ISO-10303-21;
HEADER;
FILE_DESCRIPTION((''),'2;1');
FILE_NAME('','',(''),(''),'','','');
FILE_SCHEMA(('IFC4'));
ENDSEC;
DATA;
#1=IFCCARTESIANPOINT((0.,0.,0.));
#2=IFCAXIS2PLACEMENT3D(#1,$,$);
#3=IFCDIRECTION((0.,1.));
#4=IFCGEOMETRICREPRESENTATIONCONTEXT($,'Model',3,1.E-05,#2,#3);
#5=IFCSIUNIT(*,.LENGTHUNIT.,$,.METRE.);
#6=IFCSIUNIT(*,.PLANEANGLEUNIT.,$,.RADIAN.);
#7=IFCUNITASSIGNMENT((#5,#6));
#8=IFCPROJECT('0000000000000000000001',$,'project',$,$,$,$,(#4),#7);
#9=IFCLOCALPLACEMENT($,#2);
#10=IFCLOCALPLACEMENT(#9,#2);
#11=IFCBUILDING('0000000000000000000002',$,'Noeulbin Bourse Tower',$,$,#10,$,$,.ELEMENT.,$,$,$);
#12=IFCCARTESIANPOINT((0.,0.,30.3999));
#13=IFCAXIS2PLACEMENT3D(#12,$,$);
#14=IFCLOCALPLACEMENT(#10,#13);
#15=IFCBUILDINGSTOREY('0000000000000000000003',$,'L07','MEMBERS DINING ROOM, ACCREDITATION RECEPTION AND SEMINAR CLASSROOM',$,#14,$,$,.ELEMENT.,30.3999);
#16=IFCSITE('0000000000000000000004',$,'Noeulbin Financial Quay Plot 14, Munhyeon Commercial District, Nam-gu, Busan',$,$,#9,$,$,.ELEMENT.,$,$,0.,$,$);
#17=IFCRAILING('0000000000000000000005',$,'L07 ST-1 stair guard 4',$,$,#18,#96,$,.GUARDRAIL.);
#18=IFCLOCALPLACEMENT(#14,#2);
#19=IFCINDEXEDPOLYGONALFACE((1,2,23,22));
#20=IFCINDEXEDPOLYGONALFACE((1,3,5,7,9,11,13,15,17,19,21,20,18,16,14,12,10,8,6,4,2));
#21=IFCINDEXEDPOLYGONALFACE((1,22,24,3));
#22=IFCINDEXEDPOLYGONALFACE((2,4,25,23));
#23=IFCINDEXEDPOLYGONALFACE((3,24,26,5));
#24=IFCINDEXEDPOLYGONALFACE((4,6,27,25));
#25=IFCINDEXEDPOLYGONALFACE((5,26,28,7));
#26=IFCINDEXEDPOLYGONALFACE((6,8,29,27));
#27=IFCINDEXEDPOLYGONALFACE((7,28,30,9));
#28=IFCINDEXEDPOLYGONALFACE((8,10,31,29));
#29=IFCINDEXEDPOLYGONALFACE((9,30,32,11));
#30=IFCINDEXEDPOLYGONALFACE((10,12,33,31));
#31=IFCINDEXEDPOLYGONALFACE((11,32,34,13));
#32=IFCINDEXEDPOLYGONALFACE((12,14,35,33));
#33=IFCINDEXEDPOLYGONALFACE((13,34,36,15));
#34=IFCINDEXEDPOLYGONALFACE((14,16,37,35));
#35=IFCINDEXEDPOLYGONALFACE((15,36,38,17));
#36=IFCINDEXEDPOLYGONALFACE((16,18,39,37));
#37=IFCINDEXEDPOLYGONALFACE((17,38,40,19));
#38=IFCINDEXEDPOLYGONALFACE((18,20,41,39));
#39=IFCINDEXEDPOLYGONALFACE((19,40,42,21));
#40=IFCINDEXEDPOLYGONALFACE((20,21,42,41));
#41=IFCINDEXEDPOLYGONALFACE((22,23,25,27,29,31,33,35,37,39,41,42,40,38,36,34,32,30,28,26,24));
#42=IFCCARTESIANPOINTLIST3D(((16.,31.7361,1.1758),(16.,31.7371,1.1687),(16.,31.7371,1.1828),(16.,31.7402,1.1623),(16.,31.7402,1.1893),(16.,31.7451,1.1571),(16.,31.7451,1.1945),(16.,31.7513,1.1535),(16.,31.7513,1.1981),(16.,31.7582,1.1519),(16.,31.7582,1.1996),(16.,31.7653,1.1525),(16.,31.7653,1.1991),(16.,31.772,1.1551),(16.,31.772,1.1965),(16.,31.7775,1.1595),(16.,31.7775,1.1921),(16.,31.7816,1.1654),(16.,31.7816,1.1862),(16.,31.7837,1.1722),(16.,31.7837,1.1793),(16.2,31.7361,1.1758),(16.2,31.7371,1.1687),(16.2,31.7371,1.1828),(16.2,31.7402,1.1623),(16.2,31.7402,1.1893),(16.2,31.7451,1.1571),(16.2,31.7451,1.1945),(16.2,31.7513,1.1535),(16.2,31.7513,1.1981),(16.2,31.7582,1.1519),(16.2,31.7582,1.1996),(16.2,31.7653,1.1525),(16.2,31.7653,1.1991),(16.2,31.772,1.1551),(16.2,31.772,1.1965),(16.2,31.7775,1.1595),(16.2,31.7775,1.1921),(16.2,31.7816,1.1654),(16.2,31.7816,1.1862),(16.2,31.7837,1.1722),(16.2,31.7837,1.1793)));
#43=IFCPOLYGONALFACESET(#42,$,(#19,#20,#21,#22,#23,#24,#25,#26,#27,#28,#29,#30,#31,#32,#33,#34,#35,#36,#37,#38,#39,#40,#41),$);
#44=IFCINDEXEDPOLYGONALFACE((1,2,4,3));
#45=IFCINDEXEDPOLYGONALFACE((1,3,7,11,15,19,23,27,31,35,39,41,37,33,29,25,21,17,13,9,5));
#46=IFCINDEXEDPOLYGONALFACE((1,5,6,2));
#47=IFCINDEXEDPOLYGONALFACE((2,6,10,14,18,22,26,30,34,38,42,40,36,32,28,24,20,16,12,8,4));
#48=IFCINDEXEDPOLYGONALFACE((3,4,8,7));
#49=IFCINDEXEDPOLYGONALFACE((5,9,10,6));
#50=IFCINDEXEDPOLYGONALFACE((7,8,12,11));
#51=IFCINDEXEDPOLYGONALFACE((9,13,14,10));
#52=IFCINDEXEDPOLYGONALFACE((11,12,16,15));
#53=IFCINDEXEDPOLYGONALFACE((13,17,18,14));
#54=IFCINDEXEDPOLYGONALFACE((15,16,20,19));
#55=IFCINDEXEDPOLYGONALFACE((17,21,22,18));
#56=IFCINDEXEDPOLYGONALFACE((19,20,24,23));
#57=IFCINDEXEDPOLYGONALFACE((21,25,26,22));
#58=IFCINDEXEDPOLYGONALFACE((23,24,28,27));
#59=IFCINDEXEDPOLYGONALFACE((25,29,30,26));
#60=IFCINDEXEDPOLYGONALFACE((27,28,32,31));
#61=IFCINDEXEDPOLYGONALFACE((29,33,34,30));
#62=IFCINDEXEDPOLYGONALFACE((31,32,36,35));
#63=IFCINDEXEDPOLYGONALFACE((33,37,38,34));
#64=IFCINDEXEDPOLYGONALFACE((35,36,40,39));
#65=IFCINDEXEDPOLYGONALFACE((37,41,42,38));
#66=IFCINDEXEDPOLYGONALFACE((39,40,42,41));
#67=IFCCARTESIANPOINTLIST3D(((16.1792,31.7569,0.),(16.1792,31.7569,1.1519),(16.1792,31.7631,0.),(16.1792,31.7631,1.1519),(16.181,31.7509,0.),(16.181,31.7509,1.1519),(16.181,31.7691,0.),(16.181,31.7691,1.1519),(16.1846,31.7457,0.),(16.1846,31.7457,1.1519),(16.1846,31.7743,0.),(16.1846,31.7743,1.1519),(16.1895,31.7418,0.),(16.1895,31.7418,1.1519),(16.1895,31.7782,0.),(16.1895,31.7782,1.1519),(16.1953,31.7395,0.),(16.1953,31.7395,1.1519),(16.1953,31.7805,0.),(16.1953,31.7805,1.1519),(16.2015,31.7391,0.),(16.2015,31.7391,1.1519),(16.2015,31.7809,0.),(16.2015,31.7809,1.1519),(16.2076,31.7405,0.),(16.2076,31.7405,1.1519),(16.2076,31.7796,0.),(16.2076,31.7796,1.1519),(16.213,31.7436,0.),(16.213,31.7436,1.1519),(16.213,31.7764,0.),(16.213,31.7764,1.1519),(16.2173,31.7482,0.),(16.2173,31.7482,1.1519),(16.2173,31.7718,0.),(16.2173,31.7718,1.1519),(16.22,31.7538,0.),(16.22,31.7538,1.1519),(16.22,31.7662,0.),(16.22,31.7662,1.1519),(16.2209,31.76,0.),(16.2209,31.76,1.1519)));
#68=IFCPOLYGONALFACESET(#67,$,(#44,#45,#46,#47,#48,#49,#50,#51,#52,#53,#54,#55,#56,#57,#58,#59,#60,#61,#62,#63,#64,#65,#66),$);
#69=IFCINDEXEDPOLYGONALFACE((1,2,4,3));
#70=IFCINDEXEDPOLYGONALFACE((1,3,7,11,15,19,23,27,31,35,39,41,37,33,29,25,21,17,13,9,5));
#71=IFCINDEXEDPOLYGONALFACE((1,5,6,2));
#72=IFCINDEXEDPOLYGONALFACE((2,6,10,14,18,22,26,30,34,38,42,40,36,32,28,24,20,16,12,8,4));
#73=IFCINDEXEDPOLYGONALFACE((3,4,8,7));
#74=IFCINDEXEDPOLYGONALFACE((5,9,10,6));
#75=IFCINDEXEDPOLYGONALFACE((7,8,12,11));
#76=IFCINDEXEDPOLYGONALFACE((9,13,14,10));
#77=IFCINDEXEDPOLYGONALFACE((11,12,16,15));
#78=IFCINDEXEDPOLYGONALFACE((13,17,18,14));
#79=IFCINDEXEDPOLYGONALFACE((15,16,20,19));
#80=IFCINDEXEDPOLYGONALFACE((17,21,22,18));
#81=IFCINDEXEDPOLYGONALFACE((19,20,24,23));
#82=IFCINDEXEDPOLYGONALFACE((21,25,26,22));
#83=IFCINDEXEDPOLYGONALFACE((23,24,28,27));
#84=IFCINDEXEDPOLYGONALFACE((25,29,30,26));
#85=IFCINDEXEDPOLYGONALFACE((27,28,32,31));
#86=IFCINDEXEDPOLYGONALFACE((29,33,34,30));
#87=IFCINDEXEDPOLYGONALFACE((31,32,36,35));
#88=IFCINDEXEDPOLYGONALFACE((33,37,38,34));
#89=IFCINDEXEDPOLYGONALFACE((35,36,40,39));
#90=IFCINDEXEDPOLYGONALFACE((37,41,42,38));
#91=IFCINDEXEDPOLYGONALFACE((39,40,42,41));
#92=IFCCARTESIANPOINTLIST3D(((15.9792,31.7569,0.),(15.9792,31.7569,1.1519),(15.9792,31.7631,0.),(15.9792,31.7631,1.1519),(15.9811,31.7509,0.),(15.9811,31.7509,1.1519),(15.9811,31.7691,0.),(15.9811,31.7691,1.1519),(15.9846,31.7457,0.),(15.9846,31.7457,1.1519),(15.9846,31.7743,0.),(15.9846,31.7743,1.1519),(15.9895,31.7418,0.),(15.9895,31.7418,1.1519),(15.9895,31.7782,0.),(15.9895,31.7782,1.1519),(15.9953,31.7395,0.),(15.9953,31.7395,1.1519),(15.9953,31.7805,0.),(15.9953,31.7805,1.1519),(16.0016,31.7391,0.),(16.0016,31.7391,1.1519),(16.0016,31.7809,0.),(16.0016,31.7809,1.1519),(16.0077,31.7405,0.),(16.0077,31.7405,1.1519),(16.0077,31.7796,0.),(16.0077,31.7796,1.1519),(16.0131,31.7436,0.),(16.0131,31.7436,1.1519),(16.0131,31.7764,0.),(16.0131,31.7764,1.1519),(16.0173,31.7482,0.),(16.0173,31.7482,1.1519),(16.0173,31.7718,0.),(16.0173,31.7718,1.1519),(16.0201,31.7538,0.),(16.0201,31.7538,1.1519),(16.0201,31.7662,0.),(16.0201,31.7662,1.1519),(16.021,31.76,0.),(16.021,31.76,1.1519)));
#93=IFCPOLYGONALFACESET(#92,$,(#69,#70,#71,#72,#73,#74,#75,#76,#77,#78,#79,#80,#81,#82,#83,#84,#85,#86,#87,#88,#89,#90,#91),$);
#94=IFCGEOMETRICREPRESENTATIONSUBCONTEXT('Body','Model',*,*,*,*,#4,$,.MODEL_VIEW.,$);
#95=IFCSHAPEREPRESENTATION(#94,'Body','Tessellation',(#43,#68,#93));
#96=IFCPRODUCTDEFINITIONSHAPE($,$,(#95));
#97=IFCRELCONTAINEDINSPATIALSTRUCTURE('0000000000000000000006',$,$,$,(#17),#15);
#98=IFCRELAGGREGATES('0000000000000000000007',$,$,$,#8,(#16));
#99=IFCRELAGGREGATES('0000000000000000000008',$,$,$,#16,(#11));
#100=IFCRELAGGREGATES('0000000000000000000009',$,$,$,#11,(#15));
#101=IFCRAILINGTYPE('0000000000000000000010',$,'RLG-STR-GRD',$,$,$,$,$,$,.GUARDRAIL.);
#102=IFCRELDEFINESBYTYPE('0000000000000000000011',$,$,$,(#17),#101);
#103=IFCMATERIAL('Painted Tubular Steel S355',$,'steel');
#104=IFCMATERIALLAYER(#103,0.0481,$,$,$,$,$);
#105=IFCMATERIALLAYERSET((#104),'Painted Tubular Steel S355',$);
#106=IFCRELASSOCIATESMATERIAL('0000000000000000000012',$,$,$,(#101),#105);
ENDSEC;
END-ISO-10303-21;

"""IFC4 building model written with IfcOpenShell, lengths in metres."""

from ifc_helpers import new_model, si_unit, direction, frame, origin, origin_2d, place, context, subcontext, project, spatial, circle, extrude, material, layer, layer_set, type_object, element, save


model = new_model("IFC4")

# Units and contexts
model_context = context("Model", 3, precision=1e-05, world=origin(), true_north=direction((0.0, 1.0)))
body_context = subcontext(model_context, "Body", "Model", "MODEL_VIEW")
ifc_project = project(units=[si_unit("LENGTHUNIT", "METRE"), si_unit("PLANEANGLEUNIT", "RADIAN")], contexts=[model_context])

# Site, building, storey
site_placement = place(None, origin())
site = spatial("IfcSite", under=ifc_project, at=site_placement, Name="Noeulbin Financial Quay Plot 14, Munhyeon Commercial District, Nam-gu, Busan", CompositionType="ELEMENT", RefElevation=0.0)
building_placement = place(site_placement, origin())
building = spatial("IfcBuilding", under=site, at=building_placement, Name="Noeulbin Bourse Tower", CompositionType="ELEMENT")
storey_placement = place(building_placement, frame((0.0, 0.0, 30.3999)))
storey = spatial("IfcBuildingStorey", under=building, at=storey_placement, Name="L07", Description="MEMBERS DINING ROOM, ACCREDITATION RECEPTION AND SEMINAR CLASSROOM", CompositionType="ELEMENT", Elevation=30.3999)

# Railing
ifc_material_1 = material(Name="Painted Tubular Steel S355", Category="steel")
ifc_layer_1 = layer(ifc_material_1, 0.0481)
ifc_layer_set_1 = layer_set([ifc_layer_1], Name="Painted Tubular Steel S355")
railing_type_1 = type_object("IfcRailingType", Name="RLG-STR-GRD", PredefinedType="GUARDRAIL", material=ifc_layer_set_1)
railing_1_placement = place(storey_placement, frame((16.2, 31.76, 0.0)))
element("IfcRailing", 1, at=railing_1_placement, inside=storey, type_object=railing_type_1, Name="L07 ST-1 stair guard 4", PredefinedType="GUARDRAIL", context=body_context, shape_type="SweptSolid", body=[
    extrude(circle(Radius=0.0239, at=origin_2d()), frame((0.0, 0.0, 1.1758), z_axis=(-1.0, 0.0, 0.0), x_axis=(0.0, -1.0, 0.0)), (0.0, 0.0, 1.0), 0.2),
    extrude(circle(Radius=0.021, at=origin_2d()), origin(), (0.0, 0.0, 1.0), 1.1519),
    extrude(circle(Radius=0.021, at=origin_2d()), frame((-0.2, 0.0, 0.0)), (0.0, 0.0, 1.0), 1.1519),
])

save(model, "model.ifc")
